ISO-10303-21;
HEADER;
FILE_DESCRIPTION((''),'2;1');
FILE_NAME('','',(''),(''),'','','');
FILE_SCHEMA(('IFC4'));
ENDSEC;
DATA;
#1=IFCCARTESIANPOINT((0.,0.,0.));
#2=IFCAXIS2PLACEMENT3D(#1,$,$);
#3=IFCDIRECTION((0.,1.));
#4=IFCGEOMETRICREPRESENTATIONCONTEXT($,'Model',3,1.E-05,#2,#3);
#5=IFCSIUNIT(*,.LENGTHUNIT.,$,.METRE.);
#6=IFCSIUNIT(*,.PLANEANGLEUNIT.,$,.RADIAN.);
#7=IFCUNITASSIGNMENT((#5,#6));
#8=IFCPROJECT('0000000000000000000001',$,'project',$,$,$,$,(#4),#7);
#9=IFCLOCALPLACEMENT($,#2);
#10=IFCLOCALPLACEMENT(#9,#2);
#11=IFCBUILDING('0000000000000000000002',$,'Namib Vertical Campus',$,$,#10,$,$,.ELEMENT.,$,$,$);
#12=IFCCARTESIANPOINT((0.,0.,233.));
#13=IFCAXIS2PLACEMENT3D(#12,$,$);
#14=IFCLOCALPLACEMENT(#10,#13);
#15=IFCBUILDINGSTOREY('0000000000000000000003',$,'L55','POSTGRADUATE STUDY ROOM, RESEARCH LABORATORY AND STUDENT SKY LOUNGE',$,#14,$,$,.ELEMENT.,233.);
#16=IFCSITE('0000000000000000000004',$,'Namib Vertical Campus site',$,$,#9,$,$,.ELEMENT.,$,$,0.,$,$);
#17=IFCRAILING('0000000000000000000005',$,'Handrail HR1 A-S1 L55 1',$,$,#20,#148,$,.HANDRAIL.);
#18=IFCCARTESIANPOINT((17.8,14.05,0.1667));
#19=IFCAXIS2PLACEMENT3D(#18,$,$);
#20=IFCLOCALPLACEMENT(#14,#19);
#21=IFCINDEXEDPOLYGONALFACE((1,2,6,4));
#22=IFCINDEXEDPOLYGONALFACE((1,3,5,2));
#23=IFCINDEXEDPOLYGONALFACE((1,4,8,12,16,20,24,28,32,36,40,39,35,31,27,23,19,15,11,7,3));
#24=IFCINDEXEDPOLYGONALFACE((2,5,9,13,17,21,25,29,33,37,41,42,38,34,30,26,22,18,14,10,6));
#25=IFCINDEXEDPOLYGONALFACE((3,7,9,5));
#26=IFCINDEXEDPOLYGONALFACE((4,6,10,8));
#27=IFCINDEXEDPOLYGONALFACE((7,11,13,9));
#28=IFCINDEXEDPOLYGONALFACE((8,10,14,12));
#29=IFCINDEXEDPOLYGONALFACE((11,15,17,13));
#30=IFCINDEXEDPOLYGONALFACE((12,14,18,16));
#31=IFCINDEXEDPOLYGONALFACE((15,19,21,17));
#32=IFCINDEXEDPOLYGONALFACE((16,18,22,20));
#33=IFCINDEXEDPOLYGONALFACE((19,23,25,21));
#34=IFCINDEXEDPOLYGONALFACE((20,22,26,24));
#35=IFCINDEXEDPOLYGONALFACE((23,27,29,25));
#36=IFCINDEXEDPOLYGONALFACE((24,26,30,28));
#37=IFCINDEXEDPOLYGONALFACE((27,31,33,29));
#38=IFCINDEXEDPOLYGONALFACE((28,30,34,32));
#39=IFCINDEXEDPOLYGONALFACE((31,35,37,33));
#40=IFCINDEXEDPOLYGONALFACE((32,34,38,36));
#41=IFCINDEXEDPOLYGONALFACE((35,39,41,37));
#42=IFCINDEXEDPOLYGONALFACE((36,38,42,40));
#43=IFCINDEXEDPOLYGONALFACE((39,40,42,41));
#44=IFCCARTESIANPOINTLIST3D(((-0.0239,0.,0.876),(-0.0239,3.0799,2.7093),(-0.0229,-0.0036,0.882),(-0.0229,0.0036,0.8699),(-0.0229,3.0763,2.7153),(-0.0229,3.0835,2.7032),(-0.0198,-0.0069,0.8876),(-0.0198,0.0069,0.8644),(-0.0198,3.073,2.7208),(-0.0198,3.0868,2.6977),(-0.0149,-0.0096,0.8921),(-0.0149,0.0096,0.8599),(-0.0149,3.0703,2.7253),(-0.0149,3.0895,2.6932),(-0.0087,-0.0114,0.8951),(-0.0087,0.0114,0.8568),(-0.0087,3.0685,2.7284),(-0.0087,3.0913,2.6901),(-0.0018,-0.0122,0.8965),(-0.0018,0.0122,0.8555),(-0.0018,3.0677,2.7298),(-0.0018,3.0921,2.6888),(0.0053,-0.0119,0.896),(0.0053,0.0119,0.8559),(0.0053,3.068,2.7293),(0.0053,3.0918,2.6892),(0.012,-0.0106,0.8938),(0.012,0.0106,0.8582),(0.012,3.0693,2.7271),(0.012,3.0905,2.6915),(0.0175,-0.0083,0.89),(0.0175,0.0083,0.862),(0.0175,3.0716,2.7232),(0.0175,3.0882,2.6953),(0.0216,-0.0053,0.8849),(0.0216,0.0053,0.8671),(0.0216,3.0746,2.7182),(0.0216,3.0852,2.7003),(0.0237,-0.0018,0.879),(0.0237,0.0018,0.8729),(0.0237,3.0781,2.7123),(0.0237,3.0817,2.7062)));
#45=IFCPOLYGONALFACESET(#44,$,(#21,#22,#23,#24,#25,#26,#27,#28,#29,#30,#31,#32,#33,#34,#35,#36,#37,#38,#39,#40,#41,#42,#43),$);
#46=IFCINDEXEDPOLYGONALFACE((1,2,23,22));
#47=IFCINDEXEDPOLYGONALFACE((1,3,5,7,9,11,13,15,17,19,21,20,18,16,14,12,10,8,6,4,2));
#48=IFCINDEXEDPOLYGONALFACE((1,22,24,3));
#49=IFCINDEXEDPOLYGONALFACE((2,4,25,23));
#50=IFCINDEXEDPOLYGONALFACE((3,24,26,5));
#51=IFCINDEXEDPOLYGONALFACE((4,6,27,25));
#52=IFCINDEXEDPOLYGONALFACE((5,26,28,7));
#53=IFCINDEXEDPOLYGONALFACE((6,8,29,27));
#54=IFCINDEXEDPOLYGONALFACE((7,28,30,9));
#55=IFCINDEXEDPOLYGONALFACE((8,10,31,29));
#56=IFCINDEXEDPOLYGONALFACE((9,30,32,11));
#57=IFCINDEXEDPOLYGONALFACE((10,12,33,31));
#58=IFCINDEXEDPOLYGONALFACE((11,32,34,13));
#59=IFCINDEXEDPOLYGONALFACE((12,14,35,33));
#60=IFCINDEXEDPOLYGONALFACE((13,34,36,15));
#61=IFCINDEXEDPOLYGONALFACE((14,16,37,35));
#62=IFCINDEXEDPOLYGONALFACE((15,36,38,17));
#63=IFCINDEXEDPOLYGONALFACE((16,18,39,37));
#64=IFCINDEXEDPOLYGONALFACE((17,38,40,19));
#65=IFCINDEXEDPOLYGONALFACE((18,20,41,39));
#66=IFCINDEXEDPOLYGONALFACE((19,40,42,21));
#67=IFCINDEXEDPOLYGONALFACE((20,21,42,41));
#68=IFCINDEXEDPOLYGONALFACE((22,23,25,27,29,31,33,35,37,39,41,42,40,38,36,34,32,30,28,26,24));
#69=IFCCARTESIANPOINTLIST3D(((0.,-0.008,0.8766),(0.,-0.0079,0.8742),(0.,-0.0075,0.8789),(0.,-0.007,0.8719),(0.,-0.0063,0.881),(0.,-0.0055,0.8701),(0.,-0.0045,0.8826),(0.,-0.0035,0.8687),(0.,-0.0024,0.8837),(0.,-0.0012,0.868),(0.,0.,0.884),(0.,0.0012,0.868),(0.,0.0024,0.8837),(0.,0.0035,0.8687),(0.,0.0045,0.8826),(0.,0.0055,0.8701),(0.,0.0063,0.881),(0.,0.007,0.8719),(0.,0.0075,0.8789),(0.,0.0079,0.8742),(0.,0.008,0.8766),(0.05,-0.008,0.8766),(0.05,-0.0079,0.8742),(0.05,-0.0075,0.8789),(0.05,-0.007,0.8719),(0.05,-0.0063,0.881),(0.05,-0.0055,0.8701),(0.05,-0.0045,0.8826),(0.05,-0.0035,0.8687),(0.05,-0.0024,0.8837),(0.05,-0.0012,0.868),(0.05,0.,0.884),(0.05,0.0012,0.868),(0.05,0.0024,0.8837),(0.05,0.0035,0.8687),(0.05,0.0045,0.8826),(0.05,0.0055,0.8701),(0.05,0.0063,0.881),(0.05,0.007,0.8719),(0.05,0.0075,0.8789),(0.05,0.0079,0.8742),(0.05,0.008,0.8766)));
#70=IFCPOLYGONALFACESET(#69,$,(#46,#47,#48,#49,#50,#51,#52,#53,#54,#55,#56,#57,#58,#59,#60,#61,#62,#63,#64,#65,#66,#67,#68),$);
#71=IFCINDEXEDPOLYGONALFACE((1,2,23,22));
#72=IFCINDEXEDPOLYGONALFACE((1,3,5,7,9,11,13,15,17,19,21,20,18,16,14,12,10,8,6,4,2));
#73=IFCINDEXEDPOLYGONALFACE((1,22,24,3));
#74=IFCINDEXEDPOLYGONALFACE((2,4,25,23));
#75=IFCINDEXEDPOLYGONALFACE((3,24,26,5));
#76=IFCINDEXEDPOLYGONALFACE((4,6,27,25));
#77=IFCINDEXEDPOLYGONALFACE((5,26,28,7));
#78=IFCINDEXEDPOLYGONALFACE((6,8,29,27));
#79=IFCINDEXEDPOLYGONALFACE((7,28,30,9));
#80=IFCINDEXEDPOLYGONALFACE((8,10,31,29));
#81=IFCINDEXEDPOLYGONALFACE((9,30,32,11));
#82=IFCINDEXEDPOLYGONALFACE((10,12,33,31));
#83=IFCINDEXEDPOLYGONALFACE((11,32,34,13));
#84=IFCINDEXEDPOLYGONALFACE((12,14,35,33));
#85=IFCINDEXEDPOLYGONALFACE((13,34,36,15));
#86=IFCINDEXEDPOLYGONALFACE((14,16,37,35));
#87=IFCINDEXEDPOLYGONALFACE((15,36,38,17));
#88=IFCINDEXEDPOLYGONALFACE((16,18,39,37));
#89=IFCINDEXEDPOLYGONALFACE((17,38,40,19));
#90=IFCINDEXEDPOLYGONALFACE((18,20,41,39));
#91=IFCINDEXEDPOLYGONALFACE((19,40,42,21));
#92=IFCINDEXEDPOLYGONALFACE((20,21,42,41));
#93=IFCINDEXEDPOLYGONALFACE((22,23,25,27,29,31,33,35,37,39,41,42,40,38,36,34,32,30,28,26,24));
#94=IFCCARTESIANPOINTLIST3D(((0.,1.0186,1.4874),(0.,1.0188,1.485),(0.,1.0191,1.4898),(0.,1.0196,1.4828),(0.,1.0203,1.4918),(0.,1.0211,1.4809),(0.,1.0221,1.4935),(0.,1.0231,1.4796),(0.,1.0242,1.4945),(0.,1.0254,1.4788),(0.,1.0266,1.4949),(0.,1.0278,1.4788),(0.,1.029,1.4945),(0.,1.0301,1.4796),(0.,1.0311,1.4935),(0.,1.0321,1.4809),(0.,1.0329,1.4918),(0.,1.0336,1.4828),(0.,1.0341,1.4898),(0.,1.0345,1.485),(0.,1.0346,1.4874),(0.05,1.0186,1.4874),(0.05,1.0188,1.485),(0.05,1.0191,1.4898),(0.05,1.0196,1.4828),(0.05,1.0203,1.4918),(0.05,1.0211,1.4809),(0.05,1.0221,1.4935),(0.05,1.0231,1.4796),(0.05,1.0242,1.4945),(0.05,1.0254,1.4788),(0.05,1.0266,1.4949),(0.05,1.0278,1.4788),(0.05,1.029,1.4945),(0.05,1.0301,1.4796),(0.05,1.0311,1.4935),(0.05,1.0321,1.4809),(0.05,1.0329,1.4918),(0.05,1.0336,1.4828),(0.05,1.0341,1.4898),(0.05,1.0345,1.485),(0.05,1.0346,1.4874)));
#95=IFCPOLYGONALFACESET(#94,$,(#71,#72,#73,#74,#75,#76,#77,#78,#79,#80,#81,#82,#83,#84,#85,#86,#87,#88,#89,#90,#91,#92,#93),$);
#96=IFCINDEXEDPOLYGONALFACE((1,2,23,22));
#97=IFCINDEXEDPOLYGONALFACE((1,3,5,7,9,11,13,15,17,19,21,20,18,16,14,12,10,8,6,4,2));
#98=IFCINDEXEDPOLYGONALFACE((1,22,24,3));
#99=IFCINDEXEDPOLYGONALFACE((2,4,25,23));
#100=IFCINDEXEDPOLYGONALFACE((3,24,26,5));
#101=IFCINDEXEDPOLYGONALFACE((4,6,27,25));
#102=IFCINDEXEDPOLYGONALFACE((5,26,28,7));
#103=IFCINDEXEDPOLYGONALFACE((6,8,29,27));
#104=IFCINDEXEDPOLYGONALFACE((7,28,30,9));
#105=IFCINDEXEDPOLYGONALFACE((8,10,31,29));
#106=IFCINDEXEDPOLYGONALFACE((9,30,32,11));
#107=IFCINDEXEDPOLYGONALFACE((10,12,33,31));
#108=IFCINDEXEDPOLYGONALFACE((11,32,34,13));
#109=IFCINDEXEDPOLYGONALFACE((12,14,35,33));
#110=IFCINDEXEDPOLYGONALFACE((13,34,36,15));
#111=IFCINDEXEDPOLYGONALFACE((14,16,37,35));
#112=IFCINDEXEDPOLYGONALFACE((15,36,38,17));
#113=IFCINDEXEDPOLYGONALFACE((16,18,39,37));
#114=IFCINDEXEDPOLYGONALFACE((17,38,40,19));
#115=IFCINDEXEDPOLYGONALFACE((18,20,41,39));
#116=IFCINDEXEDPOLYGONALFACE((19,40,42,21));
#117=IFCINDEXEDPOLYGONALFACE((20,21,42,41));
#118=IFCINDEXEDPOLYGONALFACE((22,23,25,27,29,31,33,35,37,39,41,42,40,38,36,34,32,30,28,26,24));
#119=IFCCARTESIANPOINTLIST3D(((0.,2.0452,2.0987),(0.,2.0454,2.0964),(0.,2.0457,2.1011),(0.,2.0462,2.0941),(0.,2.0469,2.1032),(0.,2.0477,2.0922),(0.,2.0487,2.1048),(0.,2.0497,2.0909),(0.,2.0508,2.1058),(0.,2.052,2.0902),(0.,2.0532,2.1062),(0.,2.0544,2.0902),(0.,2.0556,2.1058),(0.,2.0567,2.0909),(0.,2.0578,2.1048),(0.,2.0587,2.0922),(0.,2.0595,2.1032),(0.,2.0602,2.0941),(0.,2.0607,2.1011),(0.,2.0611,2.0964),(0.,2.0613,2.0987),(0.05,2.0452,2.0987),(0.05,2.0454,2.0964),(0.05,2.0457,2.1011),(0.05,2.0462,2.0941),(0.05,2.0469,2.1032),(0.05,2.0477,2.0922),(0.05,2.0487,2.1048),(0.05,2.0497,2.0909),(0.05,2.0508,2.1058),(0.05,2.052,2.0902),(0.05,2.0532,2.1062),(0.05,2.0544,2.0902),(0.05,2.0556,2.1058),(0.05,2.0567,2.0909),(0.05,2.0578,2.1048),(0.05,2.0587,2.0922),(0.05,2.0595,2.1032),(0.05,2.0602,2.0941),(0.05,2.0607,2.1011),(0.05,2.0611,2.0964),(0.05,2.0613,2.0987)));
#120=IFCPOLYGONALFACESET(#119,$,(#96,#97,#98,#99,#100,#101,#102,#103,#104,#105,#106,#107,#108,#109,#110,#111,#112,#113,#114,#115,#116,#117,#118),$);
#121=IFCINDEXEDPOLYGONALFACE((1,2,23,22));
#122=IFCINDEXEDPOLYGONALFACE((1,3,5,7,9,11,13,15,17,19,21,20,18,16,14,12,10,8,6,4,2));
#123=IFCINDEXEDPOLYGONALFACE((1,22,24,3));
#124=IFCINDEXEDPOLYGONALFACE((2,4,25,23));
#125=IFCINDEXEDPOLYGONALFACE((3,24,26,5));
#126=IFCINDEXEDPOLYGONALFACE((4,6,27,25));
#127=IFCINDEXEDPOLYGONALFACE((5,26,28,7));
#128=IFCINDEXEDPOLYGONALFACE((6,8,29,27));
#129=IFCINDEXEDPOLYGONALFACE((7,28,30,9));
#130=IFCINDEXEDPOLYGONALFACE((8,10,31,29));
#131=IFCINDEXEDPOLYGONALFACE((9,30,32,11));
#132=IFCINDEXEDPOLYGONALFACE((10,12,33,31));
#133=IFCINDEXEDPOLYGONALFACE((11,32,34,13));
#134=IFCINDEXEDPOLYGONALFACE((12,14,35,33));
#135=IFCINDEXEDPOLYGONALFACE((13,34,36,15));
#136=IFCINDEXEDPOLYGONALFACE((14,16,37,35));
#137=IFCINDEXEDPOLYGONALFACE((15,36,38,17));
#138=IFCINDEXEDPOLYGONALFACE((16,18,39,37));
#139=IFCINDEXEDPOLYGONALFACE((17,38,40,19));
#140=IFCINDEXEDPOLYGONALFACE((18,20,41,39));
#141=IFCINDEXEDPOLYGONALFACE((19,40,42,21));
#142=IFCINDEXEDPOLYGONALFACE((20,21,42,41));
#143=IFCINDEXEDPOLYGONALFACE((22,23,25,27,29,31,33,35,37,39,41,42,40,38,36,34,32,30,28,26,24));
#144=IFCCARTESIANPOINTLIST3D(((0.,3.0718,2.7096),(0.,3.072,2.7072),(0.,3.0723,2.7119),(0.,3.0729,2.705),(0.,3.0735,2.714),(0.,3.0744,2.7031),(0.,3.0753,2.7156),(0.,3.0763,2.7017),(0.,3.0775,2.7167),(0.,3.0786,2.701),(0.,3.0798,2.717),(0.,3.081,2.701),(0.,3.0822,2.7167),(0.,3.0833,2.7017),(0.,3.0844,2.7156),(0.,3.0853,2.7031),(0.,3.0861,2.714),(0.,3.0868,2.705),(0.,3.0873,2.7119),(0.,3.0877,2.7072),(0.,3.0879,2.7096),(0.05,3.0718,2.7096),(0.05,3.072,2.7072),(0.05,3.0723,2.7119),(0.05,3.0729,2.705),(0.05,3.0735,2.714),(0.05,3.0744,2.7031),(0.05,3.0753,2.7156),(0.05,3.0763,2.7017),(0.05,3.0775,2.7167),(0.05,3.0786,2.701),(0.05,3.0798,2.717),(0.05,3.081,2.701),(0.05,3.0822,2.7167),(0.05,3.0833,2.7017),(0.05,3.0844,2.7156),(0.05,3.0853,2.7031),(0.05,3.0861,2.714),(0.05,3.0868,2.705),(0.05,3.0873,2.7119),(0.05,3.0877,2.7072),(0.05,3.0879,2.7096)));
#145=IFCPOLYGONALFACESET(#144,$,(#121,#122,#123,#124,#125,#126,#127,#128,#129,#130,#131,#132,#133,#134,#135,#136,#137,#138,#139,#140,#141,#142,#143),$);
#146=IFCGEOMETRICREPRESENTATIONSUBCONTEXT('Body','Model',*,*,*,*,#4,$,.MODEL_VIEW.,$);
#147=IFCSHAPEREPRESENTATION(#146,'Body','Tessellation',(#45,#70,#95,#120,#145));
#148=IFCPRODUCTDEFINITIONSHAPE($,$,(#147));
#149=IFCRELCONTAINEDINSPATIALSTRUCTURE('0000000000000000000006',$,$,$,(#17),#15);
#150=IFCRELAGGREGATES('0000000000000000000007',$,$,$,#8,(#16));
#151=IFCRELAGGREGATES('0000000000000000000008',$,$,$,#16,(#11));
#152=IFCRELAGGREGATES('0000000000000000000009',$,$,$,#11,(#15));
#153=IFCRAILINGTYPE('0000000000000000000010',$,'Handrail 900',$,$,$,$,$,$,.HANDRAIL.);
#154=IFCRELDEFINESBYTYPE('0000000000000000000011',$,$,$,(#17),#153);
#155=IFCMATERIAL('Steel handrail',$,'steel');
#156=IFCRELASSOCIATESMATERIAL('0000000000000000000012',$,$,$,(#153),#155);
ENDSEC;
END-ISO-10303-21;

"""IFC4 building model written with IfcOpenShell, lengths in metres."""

from ifc_helpers import new_model, si_unit, direction, frame, origin, origin_2d, place, context, subcontext, project, spatial, circle, extrude, material, type_object, element, save


model = new_model("IFC4")

# Units and contexts
model_context = context("Model", 3, precision=1e-05, world=origin(), true_north=direction((0.0, 1.0)))
body_context = subcontext(model_context, "Body", "Model", "MODEL_VIEW")
ifc_project = project(units=[si_unit("LENGTHUNIT", "METRE"), si_unit("PLANEANGLEUNIT", "RADIAN")], contexts=[model_context])

# Site, building, storey
site_placement = place(None, origin())
site = spatial("IfcSite", under=ifc_project, at=site_placement, Name="Namib Vertical Campus site", CompositionType="ELEMENT", RefElevation=0.0)
building_placement = place(site_placement, origin())
building = spatial("IfcBuilding", under=site, at=building_placement, Name="Namib Vertical Campus", CompositionType="ELEMENT")
storey_placement = place(building_placement, frame((0.0, 0.0, 233.0)))
storey = spatial("IfcBuildingStorey", under=building, at=storey_placement, Name="L55", Description="POSTGRADUATE STUDY ROOM, RESEARCH LABORATORY AND STUDENT SKY LOUNGE", CompositionType="ELEMENT", Elevation=233.0)

# Railing
ifc_material_1 = material(Name="Steel handrail", Category="steel")
railing_type_1 = type_object("IfcRailingType", Name="Handrail 900", PredefinedType="HANDRAIL", material=ifc_material_1)
railing_1_placement = place(storey_placement, frame((17.8, 14.05, 0.1667)))
element("IfcRailing", 1, at=railing_1_placement, inside=storey, type_object=railing_type_1, Name="Handrail HR1 A-S1 L55 1", PredefinedType="HANDRAIL", context=body_context, shape_type="SweptSolid", body=[
    extrude(circle(Radius=0.0239, at=origin_2d()), frame((0.0, 0.0, 0.876), z_axis=(0.0, 0.859291, 0.511487), x_axis=(-1.0, 0.0, 0.0)), (0.0, 0.0, 1.0), 3.5842),
    extrude(circle(Radius=0.0081, at=origin_2d()), frame((0.0, 0.0, 0.876), z_axis=(1.0, 0.0, 0.0), x_axis=(0.0, 0.0, 1.0)), (0.0, 0.0, 1.0), 0.05),
    extrude(circle(Radius=0.0081, at=origin_2d()), frame((0.0, 1.0266, 1.4868), z_axis=(1.0, 0.0, 0.0), x_axis=(0.0, 0.0, 1.0)), (0.0, 0.0, 1.0), 0.05),
    extrude(circle(Radius=0.0081, at=origin_2d()), frame((0.0, 2.0532, 2.0981), z_axis=(1.0, 0.0, 0.0), x_axis=(0.0, 0.0, 1.0)), (0.0, 0.0, 1.0), 0.05),
    extrude(circle(Radius=0.0081, at=origin_2d()), frame((0.0, 3.0798, 2.709), z_axis=(1.0, 0.0, 0.0), x_axis=(0.0, 0.0, 1.0)), (0.0, 0.0, 1.0), 0.05),
])

save(model, "model.ifc")
